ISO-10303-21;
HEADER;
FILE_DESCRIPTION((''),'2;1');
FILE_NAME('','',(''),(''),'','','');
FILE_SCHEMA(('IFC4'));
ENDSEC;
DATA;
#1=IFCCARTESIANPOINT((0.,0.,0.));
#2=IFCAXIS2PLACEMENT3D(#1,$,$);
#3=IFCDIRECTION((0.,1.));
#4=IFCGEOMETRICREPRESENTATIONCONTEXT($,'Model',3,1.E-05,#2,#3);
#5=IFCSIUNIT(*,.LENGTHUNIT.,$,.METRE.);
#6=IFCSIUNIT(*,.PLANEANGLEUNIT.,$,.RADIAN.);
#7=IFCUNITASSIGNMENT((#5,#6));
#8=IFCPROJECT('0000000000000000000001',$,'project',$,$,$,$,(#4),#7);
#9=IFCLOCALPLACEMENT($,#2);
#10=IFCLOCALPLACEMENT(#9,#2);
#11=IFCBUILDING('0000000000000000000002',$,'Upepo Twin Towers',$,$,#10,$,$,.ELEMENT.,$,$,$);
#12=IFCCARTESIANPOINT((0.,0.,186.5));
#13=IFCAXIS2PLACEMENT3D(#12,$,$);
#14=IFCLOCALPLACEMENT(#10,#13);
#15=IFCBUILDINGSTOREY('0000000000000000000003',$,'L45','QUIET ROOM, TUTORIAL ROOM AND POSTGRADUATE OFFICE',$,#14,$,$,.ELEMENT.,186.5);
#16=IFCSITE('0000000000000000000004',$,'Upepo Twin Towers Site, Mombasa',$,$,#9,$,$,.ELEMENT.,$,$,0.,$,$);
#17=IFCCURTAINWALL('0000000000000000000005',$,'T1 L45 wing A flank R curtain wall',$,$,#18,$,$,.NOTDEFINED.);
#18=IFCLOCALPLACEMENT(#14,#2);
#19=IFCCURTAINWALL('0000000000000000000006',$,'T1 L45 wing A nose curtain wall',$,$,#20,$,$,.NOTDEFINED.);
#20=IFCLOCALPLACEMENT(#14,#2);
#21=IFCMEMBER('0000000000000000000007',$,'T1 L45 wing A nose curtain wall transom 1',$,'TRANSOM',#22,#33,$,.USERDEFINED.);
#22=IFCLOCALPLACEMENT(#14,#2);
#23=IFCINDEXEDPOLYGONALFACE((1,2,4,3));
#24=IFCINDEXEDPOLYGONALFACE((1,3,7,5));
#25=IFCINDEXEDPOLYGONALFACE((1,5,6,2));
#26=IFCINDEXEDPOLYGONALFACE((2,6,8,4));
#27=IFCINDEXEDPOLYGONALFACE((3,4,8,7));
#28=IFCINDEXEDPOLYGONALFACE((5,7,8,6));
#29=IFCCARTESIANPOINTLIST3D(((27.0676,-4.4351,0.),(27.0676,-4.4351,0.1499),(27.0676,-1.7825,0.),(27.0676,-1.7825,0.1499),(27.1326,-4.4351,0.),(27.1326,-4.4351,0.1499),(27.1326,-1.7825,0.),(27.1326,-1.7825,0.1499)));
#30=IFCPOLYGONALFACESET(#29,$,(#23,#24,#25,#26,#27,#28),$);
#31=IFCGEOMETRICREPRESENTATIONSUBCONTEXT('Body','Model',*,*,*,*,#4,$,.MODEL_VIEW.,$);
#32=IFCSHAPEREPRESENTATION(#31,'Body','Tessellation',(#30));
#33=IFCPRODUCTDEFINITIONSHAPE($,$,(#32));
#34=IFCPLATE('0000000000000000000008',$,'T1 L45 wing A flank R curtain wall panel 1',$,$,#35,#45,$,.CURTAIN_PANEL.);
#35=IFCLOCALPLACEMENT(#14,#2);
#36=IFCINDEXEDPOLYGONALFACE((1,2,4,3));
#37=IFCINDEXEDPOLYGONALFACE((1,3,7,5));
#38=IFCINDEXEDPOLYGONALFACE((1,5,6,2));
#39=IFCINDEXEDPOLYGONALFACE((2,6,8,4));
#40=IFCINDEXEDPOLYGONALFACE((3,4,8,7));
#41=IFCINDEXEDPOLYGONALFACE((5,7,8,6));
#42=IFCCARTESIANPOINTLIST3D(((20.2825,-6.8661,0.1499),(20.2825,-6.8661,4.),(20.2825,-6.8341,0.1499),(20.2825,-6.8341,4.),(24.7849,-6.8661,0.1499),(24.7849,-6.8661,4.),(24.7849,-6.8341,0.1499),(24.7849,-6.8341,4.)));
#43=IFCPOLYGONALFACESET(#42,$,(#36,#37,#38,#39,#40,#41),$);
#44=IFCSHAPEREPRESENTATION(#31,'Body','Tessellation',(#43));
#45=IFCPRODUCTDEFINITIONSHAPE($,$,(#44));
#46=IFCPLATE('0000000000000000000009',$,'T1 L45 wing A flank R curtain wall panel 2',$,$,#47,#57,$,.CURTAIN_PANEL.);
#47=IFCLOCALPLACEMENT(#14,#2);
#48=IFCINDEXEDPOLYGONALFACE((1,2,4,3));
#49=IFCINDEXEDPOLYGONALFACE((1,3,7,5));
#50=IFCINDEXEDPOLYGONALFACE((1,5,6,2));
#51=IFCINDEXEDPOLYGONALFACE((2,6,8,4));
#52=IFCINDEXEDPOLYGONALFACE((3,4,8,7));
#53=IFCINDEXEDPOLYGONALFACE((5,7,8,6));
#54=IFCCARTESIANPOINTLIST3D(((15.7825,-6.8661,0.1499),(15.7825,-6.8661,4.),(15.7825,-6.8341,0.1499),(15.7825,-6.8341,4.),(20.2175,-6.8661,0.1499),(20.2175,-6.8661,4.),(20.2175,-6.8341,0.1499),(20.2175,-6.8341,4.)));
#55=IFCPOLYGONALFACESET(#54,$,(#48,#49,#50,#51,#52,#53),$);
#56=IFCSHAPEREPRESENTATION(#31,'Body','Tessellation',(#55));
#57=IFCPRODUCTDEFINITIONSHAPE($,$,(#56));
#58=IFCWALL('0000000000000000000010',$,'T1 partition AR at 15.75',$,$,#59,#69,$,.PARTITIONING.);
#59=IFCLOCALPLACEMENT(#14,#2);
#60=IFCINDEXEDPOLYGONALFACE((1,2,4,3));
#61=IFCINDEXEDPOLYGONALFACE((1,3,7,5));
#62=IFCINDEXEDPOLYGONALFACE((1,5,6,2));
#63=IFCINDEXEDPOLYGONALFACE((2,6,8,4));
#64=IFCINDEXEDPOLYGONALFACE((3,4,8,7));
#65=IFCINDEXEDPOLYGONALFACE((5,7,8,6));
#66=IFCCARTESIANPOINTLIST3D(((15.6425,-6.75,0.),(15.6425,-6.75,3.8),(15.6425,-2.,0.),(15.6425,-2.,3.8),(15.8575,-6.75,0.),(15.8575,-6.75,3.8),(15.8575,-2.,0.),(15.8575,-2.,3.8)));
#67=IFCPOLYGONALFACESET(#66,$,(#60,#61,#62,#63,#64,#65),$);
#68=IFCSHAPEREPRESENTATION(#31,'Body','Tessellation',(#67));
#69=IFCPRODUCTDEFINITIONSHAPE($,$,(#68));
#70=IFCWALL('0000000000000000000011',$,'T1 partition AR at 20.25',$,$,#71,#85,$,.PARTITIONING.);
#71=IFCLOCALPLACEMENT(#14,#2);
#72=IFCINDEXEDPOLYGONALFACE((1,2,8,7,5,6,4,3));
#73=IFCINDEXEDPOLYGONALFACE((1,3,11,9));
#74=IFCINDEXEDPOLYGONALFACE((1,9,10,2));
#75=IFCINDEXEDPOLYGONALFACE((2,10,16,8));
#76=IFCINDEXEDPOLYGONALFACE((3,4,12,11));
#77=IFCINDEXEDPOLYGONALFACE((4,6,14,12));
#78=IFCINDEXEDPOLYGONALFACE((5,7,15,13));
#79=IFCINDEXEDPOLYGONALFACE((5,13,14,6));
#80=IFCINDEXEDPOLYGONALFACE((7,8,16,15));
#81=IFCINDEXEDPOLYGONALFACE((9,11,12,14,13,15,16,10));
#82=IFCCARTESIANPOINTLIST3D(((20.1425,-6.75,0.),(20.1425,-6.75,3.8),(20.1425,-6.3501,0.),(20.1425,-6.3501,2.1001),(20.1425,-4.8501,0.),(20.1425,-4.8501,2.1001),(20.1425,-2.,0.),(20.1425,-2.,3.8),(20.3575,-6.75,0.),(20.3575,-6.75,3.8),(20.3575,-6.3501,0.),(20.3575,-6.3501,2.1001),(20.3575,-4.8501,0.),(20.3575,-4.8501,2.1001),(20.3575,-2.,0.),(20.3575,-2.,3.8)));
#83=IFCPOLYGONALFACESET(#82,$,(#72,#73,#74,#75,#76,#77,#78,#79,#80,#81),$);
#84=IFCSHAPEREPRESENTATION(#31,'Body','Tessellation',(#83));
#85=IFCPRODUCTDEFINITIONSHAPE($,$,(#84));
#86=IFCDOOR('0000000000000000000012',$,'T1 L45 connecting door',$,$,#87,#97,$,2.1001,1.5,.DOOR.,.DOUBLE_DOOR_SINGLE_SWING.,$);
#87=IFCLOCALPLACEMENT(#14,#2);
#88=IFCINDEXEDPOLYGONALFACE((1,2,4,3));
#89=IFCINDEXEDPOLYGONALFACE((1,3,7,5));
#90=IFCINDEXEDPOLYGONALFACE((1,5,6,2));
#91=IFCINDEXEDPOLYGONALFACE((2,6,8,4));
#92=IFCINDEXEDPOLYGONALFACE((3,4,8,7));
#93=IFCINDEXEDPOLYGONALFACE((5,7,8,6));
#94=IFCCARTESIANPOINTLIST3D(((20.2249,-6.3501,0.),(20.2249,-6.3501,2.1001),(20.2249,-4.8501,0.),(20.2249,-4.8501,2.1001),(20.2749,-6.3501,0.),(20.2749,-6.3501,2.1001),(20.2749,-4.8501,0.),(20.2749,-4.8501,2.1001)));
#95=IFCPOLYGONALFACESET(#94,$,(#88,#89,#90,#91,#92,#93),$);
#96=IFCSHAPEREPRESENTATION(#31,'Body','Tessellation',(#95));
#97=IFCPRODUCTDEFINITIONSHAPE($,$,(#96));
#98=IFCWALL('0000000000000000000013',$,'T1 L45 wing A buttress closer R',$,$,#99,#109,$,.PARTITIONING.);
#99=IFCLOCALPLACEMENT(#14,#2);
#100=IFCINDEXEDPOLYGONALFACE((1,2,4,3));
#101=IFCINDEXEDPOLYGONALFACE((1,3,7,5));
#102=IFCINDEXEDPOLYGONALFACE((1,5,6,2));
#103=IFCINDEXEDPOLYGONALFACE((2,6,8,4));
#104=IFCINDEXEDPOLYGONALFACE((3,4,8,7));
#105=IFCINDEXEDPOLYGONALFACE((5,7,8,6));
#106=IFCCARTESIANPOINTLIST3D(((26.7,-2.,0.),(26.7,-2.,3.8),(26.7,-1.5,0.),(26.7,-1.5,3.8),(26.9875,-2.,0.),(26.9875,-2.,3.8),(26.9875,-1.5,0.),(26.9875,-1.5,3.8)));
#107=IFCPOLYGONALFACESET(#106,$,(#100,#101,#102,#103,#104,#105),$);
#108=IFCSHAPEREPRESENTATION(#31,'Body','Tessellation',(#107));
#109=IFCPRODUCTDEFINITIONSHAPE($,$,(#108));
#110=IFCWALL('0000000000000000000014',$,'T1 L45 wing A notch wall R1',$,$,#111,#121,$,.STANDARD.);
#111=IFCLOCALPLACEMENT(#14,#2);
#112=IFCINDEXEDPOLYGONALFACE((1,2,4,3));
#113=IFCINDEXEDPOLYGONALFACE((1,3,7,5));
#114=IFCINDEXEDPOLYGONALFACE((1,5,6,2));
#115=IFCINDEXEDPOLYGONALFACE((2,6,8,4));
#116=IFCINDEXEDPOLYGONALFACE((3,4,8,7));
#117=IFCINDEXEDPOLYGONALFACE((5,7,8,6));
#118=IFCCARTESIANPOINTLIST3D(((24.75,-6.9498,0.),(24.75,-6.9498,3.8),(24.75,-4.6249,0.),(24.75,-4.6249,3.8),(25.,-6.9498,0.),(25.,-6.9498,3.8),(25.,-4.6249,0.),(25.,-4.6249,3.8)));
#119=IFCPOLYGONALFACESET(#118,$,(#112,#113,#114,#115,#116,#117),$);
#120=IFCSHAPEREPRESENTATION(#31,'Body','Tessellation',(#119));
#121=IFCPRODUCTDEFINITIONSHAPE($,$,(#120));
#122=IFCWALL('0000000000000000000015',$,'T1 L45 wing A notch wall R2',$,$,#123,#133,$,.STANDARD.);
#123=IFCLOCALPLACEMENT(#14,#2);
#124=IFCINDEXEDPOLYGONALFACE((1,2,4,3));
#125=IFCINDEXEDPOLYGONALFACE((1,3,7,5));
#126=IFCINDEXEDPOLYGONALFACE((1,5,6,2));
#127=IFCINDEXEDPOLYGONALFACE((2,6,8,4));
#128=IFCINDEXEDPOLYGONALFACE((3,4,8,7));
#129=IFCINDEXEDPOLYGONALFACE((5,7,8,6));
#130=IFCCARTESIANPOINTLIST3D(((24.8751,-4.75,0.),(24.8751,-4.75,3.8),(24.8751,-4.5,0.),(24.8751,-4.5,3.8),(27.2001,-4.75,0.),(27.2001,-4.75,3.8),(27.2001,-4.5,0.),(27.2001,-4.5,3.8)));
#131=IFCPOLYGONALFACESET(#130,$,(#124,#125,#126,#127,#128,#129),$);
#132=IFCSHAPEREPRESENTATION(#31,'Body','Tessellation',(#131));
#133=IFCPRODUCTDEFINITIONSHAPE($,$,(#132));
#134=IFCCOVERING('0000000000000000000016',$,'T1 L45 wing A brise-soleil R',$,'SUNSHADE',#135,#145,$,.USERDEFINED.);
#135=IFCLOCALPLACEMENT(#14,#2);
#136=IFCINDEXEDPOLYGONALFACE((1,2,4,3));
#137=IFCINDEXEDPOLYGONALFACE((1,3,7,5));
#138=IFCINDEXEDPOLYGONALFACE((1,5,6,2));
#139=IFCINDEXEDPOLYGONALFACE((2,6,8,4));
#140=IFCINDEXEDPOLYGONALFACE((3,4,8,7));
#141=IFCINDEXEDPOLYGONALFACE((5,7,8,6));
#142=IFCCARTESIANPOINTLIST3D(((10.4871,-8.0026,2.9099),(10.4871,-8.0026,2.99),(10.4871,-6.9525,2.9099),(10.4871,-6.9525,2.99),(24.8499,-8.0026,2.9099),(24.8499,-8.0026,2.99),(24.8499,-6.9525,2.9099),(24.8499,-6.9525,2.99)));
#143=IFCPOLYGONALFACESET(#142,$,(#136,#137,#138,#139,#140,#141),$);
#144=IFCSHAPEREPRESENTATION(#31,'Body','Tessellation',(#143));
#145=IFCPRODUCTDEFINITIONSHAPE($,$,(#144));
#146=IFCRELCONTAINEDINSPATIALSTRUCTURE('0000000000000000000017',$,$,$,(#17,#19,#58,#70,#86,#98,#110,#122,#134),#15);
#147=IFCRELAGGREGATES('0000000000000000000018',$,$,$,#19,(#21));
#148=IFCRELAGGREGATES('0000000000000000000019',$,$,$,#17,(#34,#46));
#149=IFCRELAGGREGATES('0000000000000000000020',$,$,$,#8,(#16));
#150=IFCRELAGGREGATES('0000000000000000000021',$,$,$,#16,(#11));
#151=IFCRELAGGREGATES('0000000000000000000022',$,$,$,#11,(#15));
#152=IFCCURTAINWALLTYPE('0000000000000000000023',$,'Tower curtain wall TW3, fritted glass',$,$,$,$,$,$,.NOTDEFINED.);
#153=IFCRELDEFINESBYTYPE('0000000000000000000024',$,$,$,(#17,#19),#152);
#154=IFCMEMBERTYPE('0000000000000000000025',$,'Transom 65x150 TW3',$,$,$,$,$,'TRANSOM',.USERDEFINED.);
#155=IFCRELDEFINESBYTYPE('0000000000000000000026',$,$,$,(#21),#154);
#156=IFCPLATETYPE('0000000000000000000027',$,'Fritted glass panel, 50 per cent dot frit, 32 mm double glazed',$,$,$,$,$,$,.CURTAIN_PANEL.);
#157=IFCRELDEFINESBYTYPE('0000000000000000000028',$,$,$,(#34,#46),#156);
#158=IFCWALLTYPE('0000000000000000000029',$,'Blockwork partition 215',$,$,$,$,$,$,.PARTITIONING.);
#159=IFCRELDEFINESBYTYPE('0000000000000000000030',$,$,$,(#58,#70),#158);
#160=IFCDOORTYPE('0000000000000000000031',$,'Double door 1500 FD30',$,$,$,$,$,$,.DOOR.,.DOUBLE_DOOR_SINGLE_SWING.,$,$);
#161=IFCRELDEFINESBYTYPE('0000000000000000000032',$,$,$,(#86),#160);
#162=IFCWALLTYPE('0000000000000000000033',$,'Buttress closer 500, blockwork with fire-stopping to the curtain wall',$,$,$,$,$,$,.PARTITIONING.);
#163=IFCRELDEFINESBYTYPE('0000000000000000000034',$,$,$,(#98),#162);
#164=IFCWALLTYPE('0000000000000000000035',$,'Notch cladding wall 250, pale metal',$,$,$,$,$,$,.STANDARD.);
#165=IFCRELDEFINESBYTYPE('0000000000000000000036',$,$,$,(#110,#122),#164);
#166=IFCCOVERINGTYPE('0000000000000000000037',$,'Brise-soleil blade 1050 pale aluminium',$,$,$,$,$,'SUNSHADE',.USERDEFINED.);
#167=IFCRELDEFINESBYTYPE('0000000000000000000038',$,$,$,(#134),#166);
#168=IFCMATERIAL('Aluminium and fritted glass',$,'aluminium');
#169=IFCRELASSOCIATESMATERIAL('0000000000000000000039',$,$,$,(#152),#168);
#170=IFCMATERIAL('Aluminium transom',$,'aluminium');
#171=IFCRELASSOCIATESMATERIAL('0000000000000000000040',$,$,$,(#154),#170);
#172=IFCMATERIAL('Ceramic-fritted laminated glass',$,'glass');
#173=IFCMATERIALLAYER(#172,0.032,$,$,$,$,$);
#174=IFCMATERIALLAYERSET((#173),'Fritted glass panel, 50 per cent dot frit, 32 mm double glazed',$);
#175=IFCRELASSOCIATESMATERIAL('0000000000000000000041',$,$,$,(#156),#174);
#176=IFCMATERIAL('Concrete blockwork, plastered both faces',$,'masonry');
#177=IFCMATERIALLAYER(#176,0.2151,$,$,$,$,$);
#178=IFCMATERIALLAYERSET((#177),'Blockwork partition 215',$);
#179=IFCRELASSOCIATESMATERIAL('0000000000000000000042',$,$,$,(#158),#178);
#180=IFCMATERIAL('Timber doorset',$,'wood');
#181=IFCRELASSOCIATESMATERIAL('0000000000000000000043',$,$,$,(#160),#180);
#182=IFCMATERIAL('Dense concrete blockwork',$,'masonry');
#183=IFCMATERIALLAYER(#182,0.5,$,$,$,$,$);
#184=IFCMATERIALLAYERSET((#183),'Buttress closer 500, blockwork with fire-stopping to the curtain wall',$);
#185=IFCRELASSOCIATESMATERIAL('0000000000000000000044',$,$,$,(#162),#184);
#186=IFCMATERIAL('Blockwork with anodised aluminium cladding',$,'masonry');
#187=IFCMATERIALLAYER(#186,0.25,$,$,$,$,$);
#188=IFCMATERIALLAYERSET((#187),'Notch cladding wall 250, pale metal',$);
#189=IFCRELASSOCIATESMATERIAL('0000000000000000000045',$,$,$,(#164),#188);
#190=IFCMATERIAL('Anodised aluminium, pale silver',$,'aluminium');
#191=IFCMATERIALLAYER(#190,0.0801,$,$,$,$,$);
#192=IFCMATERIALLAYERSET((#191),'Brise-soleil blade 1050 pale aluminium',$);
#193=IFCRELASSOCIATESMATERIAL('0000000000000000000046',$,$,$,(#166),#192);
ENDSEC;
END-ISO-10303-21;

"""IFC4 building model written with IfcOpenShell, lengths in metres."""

from ifc_helpers import new_model, si_unit, direction, frame, frame_2d, origin, origin_2d, place, context, subcontext, project, spatial, rectangle, extrude, material, layer, layer_set, material_profile, profile_set, type_object, element, fill, aggregate, save


model = new_model("IFC4")

# Units and contexts
model_context = context("Model", 3, precision=1e-05, world=origin(), true_north=direction((0.0, 1.0)))
body_context = subcontext(model_context, "Body", "Model", "MODEL_VIEW")
ifc_project = project(units=[si_unit("LENGTHUNIT", "METRE"), si_unit("PLANEANGLEUNIT", "RADIAN")], contexts=[model_context])

# Site, building, storey
site_placement = place(None, origin())
site = spatial("IfcSite", under=ifc_project, at=site_placement, Name="Upepo Twin Towers Site, Mombasa", CompositionType="ELEMENT", RefElevation=0.0)
building_placement = place(site_placement, origin())
building = spatial("IfcBuilding", under=site, at=building_placement, Name="Upepo Twin Towers", CompositionType="ELEMENT")
storey_placement = place(building_placement, frame((0.0, 0.0, 186.5)))
storey = spatial("IfcBuildingStorey", under=building, at=storey_placement, Name="L45", Description="QUIET ROOM, TUTORIAL ROOM AND POSTGRADUATE OFFICE", CompositionType="ELEMENT", Elevation=186.5)

# Curtain wall
ifc_material_1 = material(Name="Aluminium and fritted glass", Category="aluminium")
curtain_wall_type = type_object("IfcCurtainWallType", Name="Tower curtain wall TW3, fritted glass", PredefinedType="NOTDEFINED", material=ifc_material_1)
curtain_wall_1_placement = place(storey_placement, origin())
curtain_wall_1 = element("IfcCurtainWall", 1, at=curtain_wall_1_placement, inside=storey, type_object=curtain_wall_type, Name="T1 L45 wing A flank R curtain wall", PredefinedType="NOTDEFINED")

# Curtain wall
curtain_wall_2_placement = place(storey_placement, origin())
curtain_wall_2 = element("IfcCurtainWall", 2, at=curtain_wall_2_placement, inside=storey, type_object=curtain_wall_type, Name="T1 L45 wing A nose curtain wall", PredefinedType="NOTDEFINED")

# Member
ifc_material_2 = material(Name="Aluminium transom", Category="aluminium")
ifc_material_profile_1 = material_profile(ifc_material_2, rectangle(XDim=0.0649, YDim=0.1499, at=origin_2d()), Name="TRANSOM 65x150")
ifc_profile_set_1 = profile_set([ifc_material_profile_1], Name="Aluminium transom")
member_type_1 = type_object("IfcMemberType", Name="Transom 65x150 TW3", ElementType="TRANSOM", PredefinedType="USERDEFINED", material=ifc_profile_set_1)
member_1_placement = place(storey_placement, frame((27.1001, -4.4351, 0.075), z_axis=(0.0, 1.0, 0.0), x_axis=(-1.0, 0.0, 0.0)))
member_1 = element("IfcMember", 3, at=member_1_placement, type_object=member_type_1, Name="T1 L45 wing A nose curtain wall transom 1", ObjectType="TRANSOM", PredefinedType="USERDEFINED", context=body_context, shape_type="SweptSolid", body=[
    extrude(rectangle(XDim=0.0649, YDim=0.1499, at=origin_2d()), origin(), (0.0, 0.0, 1.0), 2.6526),
])
aggregate(curtain_wall_2, [member_1])

# Plates
ifc_material_3 = material(Name="Ceramic-fritted laminated glass", Category="glass")
ifc_layer_1 = layer(ifc_material_3, 0.032)
ifc_layer_set_1 = layer_set([ifc_layer_1], Name="Fritted glass panel, 50 per cent dot frit, 32 mm double glazed")
plate_type = type_object("IfcPlateType", Name="Fritted glass panel, 50 per cent dot frit, 32 mm double glazed", PredefinedType="CURTAIN_PANEL", material=ifc_layer_set_1)
plate_1_placement = place(storey_placement, frame((22.5337, -6.8501, 0.1499), z_axis=(0.0, 0.0, 1.0), x_axis=(-1.0, 0.0, 0.0)))
plate_1 = element("IfcPlate", 4, at=plate_1_placement, type_object=plate_type, Name="T1 L45 wing A flank R curtain wall panel 1", PredefinedType="CURTAIN_PANEL", context=body_context, shape_type="SweptSolid", body=[
    extrude(rectangle(XDim=4.5024, YDim=0.032, at=origin_2d()), origin(), (0.0, 0.0, 1.0), 3.8501),
])
plate_2_placement = place(storey_placement, frame((18.0, -6.8501, 0.1499), z_axis=(0.0, 0.0, 1.0), x_axis=(-1.0, 0.0, 0.0)))
plate_2 = element("IfcPlate", 5, at=plate_2_placement, type_object=plate_type, Name="T1 L45 wing A flank R curtain wall panel 2", PredefinedType="CURTAIN_PANEL", context=body_context, shape_type="SweptSolid", body=[
    extrude(rectangle(XDim=4.4351, YDim=0.032, at=origin_2d()), origin(), (0.0, 0.0, 1.0), 3.8501),
])
aggregate(curtain_wall_1, [plate_1, plate_2])

# Wall
ifc_material_4 = material(Name="Concrete blockwork, plastered both faces", Category="masonry")
ifc_layer_2 = layer(ifc_material_4, 0.2151)
ifc_layer_set_2 = layer_set([ifc_layer_2], Name="Blockwork partition 215")
wall_type_1 = type_object("IfcWallType", Name="Blockwork partition 215", PredefinedType="PARTITIONING", material=ifc_layer_set_2)
wall_1_placement = place(storey_placement, frame((15.75, -2.0, 0.0), z_axis=(0.0, 0.0, 1.0), x_axis=(0.0, -1.0, 0.0)))
element("IfcWall", 6, at=wall_1_placement, inside=storey, type_object=wall_type_1, Name="T1 partition AR at 15.75", PredefinedType="PARTITIONING", context=body_context, shape_type="SweptSolid", body=[
    extrude(rectangle(XDim=4.75, YDim=0.2151, at=frame_2d((2.375, 0.0))), origin(), (0.0, 0.0, 1.0), 3.8),
])

# Wall, opening, door
wall_2_placement = place(storey_placement, frame((20.25, -2.0, 0.0), z_axis=(0.0, 0.0, 1.0), x_axis=(0.0, -1.0, 0.0)))
wall_2 = element("IfcWall", 7, at=wall_2_placement, inside=storey, type_object=wall_type_1, Name="T1 partition AR at 20.25", PredefinedType="PARTITIONING", context=body_context, shape_type="SweptSolid", body=[
    extrude(rectangle(XDim=4.75, YDim=0.2151, at=frame_2d((2.375, 0.0))), origin(), (0.0, 0.0, 1.0), 3.8),
])
opening_placement = place(wall_2_placement, frame((2.8501, 0.0, 0.0)))
opening = element("IfcOpeningElement", 8, at=opening_placement, cuts=wall_2, PredefinedType="OPENING", context=body_context, shape_type="SweptSolid", body=[
    extrude(rectangle(XDim=1.5, YDim=2.1001, at=frame_2d((0.75, 1.05))), frame((0.0, 0.1174, 0.0), z_axis=(0.0, -1.0, 0.0), x_axis=(1.0, 0.0, 0.0)), (0.0, 0.0, 1.0), 0.2351),
])
ifc_material_5 = material(Name="Timber doorset", Category="wood")
door_type = type_object("IfcDoorType", Name="Double door 1500 FD30", OperationType="DOUBLE_DOOR_SINGLE_SWING", PredefinedType="DOOR", material=ifc_material_5)
door_placement = place(opening_placement, origin())
door = element("IfcDoor", 9, at=door_placement, inside=storey, type_object=door_type, Name="T1 L45 connecting door", OperationType="DOUBLE_DOOR_SINGLE_SWING", OverallHeight=2.1001, OverallWidth=1.5, PredefinedType="DOOR", context=body_context, shape_type="SweptSolid", body=[
    extrude(rectangle(XDim=1.5, YDim=2.1001, at=frame_2d((0.75, 1.05))), frame((0.0, 0.0249, 0.0), z_axis=(0.0, -1.0, 0.0), x_axis=(1.0, 0.0, 0.0)), (0.0, 0.0, 1.0), 0.05),
])
fill(opening, door)

# Walls
ifc_material_6 = material(Name="Dense concrete blockwork", Category="masonry")
ifc_layer_3 = layer(ifc_material_6, 0.5)
ifc_layer_set_3 = layer_set([ifc_layer_3], Name="Buttress closer 500, blockwork with fire-stopping to the curtain wall")
wall_type_2 = type_object("IfcWallType", Name="Buttress closer 500, blockwork with fire-stopping to the curtain wall", PredefinedType="PARTITIONING", material=ifc_layer_set_3)
wall_3_placement = place(storey_placement, frame((26.7, -1.75, 0.0), z_axis=(0.0, 0.0, 1.0), x_axis=(1.0, 0.0, 0.0)))
element("IfcWall", 10, at=wall_3_placement, inside=storey, type_object=wall_type_2, Name="T1 L45 wing A buttress closer R", PredefinedType="PARTITIONING", context=body_context, shape_type="SweptSolid", body=[
    extrude(rectangle(XDim=0.2876, YDim=0.5, at=frame_2d((0.1438, 0.0))), origin(), (0.0, 0.0, 1.0), 3.8),
])
ifc_material_7 = material(Name="Blockwork with anodised aluminium cladding", Category="masonry")
ifc_layer_4 = layer(ifc_material_7, 0.25)
ifc_layer_set_4 = layer_set([ifc_layer_4], Name="Notch cladding wall 250, pale metal")
wall_type_3 = type_object("IfcWallType", Name="Notch cladding wall 250, pale metal", PredefinedType="STANDARD", material=ifc_layer_set_4)
for number, where, z_axis, x_axis, name in (
    (11, (24.875, -6.95, 0.0), (0.0, 0.0, 1.0), (0.0, 1.0, 0.0), "T1 L45 wing A notch wall R1"),
    (12, (24.875, -4.625, 0.0), (0.0, 0.0, 1.0), (1.0, 0.0, 0.0), "T1 L45 wing A notch wall R2"),
):
    element("IfcWall", number, at=place(storey_placement, frame(where, z_axis=z_axis, x_axis=x_axis)), inside=storey, type_object=wall_type_3, Name=name, PredefinedType="STANDARD", context=body_context, shape_type="SweptSolid", body=[
        extrude(rectangle(XDim=2.325, YDim=0.25, at=frame_2d((1.1626, 0.0))), origin(), (0.0, 0.0, 1.0), 3.8),
    ])

# Covering
ifc_material_8 = material(Name="Anodised aluminium, pale silver", Category="aluminium")
ifc_layer_5 = layer(ifc_material_8, 0.0801)
ifc_layer_set_5 = layer_set([ifc_layer_5], Name="Brise-soleil blade 1050 pale aluminium")
covering_type = type_object("IfcCoveringType", Name="Brise-soleil blade 1050 pale aluminium", ElementType="SUNSHADE", PredefinedType="USERDEFINED", material=ifc_layer_set_5)
covering_placement = place(storey_placement, frame((17.6685, -7.4775, 2.9099), z_axis=(0.0, 0.0, 1.0), x_axis=(1.0, 0.0, 0.0)))
element("IfcCovering", 13, at=covering_placement, inside=storey, type_object=covering_type, Name="T1 L45 wing A brise-soleil R", ObjectType="SUNSHADE", PredefinedType="USERDEFINED", context=body_context, shape_type="SweptSolid", body=[
    extrude(rectangle(XDim=14.3628, YDim=1.05, at=origin_2d()), origin(), (0.0, 0.0, 1.0), 0.0801),
])

save(model, "model.ifc")
